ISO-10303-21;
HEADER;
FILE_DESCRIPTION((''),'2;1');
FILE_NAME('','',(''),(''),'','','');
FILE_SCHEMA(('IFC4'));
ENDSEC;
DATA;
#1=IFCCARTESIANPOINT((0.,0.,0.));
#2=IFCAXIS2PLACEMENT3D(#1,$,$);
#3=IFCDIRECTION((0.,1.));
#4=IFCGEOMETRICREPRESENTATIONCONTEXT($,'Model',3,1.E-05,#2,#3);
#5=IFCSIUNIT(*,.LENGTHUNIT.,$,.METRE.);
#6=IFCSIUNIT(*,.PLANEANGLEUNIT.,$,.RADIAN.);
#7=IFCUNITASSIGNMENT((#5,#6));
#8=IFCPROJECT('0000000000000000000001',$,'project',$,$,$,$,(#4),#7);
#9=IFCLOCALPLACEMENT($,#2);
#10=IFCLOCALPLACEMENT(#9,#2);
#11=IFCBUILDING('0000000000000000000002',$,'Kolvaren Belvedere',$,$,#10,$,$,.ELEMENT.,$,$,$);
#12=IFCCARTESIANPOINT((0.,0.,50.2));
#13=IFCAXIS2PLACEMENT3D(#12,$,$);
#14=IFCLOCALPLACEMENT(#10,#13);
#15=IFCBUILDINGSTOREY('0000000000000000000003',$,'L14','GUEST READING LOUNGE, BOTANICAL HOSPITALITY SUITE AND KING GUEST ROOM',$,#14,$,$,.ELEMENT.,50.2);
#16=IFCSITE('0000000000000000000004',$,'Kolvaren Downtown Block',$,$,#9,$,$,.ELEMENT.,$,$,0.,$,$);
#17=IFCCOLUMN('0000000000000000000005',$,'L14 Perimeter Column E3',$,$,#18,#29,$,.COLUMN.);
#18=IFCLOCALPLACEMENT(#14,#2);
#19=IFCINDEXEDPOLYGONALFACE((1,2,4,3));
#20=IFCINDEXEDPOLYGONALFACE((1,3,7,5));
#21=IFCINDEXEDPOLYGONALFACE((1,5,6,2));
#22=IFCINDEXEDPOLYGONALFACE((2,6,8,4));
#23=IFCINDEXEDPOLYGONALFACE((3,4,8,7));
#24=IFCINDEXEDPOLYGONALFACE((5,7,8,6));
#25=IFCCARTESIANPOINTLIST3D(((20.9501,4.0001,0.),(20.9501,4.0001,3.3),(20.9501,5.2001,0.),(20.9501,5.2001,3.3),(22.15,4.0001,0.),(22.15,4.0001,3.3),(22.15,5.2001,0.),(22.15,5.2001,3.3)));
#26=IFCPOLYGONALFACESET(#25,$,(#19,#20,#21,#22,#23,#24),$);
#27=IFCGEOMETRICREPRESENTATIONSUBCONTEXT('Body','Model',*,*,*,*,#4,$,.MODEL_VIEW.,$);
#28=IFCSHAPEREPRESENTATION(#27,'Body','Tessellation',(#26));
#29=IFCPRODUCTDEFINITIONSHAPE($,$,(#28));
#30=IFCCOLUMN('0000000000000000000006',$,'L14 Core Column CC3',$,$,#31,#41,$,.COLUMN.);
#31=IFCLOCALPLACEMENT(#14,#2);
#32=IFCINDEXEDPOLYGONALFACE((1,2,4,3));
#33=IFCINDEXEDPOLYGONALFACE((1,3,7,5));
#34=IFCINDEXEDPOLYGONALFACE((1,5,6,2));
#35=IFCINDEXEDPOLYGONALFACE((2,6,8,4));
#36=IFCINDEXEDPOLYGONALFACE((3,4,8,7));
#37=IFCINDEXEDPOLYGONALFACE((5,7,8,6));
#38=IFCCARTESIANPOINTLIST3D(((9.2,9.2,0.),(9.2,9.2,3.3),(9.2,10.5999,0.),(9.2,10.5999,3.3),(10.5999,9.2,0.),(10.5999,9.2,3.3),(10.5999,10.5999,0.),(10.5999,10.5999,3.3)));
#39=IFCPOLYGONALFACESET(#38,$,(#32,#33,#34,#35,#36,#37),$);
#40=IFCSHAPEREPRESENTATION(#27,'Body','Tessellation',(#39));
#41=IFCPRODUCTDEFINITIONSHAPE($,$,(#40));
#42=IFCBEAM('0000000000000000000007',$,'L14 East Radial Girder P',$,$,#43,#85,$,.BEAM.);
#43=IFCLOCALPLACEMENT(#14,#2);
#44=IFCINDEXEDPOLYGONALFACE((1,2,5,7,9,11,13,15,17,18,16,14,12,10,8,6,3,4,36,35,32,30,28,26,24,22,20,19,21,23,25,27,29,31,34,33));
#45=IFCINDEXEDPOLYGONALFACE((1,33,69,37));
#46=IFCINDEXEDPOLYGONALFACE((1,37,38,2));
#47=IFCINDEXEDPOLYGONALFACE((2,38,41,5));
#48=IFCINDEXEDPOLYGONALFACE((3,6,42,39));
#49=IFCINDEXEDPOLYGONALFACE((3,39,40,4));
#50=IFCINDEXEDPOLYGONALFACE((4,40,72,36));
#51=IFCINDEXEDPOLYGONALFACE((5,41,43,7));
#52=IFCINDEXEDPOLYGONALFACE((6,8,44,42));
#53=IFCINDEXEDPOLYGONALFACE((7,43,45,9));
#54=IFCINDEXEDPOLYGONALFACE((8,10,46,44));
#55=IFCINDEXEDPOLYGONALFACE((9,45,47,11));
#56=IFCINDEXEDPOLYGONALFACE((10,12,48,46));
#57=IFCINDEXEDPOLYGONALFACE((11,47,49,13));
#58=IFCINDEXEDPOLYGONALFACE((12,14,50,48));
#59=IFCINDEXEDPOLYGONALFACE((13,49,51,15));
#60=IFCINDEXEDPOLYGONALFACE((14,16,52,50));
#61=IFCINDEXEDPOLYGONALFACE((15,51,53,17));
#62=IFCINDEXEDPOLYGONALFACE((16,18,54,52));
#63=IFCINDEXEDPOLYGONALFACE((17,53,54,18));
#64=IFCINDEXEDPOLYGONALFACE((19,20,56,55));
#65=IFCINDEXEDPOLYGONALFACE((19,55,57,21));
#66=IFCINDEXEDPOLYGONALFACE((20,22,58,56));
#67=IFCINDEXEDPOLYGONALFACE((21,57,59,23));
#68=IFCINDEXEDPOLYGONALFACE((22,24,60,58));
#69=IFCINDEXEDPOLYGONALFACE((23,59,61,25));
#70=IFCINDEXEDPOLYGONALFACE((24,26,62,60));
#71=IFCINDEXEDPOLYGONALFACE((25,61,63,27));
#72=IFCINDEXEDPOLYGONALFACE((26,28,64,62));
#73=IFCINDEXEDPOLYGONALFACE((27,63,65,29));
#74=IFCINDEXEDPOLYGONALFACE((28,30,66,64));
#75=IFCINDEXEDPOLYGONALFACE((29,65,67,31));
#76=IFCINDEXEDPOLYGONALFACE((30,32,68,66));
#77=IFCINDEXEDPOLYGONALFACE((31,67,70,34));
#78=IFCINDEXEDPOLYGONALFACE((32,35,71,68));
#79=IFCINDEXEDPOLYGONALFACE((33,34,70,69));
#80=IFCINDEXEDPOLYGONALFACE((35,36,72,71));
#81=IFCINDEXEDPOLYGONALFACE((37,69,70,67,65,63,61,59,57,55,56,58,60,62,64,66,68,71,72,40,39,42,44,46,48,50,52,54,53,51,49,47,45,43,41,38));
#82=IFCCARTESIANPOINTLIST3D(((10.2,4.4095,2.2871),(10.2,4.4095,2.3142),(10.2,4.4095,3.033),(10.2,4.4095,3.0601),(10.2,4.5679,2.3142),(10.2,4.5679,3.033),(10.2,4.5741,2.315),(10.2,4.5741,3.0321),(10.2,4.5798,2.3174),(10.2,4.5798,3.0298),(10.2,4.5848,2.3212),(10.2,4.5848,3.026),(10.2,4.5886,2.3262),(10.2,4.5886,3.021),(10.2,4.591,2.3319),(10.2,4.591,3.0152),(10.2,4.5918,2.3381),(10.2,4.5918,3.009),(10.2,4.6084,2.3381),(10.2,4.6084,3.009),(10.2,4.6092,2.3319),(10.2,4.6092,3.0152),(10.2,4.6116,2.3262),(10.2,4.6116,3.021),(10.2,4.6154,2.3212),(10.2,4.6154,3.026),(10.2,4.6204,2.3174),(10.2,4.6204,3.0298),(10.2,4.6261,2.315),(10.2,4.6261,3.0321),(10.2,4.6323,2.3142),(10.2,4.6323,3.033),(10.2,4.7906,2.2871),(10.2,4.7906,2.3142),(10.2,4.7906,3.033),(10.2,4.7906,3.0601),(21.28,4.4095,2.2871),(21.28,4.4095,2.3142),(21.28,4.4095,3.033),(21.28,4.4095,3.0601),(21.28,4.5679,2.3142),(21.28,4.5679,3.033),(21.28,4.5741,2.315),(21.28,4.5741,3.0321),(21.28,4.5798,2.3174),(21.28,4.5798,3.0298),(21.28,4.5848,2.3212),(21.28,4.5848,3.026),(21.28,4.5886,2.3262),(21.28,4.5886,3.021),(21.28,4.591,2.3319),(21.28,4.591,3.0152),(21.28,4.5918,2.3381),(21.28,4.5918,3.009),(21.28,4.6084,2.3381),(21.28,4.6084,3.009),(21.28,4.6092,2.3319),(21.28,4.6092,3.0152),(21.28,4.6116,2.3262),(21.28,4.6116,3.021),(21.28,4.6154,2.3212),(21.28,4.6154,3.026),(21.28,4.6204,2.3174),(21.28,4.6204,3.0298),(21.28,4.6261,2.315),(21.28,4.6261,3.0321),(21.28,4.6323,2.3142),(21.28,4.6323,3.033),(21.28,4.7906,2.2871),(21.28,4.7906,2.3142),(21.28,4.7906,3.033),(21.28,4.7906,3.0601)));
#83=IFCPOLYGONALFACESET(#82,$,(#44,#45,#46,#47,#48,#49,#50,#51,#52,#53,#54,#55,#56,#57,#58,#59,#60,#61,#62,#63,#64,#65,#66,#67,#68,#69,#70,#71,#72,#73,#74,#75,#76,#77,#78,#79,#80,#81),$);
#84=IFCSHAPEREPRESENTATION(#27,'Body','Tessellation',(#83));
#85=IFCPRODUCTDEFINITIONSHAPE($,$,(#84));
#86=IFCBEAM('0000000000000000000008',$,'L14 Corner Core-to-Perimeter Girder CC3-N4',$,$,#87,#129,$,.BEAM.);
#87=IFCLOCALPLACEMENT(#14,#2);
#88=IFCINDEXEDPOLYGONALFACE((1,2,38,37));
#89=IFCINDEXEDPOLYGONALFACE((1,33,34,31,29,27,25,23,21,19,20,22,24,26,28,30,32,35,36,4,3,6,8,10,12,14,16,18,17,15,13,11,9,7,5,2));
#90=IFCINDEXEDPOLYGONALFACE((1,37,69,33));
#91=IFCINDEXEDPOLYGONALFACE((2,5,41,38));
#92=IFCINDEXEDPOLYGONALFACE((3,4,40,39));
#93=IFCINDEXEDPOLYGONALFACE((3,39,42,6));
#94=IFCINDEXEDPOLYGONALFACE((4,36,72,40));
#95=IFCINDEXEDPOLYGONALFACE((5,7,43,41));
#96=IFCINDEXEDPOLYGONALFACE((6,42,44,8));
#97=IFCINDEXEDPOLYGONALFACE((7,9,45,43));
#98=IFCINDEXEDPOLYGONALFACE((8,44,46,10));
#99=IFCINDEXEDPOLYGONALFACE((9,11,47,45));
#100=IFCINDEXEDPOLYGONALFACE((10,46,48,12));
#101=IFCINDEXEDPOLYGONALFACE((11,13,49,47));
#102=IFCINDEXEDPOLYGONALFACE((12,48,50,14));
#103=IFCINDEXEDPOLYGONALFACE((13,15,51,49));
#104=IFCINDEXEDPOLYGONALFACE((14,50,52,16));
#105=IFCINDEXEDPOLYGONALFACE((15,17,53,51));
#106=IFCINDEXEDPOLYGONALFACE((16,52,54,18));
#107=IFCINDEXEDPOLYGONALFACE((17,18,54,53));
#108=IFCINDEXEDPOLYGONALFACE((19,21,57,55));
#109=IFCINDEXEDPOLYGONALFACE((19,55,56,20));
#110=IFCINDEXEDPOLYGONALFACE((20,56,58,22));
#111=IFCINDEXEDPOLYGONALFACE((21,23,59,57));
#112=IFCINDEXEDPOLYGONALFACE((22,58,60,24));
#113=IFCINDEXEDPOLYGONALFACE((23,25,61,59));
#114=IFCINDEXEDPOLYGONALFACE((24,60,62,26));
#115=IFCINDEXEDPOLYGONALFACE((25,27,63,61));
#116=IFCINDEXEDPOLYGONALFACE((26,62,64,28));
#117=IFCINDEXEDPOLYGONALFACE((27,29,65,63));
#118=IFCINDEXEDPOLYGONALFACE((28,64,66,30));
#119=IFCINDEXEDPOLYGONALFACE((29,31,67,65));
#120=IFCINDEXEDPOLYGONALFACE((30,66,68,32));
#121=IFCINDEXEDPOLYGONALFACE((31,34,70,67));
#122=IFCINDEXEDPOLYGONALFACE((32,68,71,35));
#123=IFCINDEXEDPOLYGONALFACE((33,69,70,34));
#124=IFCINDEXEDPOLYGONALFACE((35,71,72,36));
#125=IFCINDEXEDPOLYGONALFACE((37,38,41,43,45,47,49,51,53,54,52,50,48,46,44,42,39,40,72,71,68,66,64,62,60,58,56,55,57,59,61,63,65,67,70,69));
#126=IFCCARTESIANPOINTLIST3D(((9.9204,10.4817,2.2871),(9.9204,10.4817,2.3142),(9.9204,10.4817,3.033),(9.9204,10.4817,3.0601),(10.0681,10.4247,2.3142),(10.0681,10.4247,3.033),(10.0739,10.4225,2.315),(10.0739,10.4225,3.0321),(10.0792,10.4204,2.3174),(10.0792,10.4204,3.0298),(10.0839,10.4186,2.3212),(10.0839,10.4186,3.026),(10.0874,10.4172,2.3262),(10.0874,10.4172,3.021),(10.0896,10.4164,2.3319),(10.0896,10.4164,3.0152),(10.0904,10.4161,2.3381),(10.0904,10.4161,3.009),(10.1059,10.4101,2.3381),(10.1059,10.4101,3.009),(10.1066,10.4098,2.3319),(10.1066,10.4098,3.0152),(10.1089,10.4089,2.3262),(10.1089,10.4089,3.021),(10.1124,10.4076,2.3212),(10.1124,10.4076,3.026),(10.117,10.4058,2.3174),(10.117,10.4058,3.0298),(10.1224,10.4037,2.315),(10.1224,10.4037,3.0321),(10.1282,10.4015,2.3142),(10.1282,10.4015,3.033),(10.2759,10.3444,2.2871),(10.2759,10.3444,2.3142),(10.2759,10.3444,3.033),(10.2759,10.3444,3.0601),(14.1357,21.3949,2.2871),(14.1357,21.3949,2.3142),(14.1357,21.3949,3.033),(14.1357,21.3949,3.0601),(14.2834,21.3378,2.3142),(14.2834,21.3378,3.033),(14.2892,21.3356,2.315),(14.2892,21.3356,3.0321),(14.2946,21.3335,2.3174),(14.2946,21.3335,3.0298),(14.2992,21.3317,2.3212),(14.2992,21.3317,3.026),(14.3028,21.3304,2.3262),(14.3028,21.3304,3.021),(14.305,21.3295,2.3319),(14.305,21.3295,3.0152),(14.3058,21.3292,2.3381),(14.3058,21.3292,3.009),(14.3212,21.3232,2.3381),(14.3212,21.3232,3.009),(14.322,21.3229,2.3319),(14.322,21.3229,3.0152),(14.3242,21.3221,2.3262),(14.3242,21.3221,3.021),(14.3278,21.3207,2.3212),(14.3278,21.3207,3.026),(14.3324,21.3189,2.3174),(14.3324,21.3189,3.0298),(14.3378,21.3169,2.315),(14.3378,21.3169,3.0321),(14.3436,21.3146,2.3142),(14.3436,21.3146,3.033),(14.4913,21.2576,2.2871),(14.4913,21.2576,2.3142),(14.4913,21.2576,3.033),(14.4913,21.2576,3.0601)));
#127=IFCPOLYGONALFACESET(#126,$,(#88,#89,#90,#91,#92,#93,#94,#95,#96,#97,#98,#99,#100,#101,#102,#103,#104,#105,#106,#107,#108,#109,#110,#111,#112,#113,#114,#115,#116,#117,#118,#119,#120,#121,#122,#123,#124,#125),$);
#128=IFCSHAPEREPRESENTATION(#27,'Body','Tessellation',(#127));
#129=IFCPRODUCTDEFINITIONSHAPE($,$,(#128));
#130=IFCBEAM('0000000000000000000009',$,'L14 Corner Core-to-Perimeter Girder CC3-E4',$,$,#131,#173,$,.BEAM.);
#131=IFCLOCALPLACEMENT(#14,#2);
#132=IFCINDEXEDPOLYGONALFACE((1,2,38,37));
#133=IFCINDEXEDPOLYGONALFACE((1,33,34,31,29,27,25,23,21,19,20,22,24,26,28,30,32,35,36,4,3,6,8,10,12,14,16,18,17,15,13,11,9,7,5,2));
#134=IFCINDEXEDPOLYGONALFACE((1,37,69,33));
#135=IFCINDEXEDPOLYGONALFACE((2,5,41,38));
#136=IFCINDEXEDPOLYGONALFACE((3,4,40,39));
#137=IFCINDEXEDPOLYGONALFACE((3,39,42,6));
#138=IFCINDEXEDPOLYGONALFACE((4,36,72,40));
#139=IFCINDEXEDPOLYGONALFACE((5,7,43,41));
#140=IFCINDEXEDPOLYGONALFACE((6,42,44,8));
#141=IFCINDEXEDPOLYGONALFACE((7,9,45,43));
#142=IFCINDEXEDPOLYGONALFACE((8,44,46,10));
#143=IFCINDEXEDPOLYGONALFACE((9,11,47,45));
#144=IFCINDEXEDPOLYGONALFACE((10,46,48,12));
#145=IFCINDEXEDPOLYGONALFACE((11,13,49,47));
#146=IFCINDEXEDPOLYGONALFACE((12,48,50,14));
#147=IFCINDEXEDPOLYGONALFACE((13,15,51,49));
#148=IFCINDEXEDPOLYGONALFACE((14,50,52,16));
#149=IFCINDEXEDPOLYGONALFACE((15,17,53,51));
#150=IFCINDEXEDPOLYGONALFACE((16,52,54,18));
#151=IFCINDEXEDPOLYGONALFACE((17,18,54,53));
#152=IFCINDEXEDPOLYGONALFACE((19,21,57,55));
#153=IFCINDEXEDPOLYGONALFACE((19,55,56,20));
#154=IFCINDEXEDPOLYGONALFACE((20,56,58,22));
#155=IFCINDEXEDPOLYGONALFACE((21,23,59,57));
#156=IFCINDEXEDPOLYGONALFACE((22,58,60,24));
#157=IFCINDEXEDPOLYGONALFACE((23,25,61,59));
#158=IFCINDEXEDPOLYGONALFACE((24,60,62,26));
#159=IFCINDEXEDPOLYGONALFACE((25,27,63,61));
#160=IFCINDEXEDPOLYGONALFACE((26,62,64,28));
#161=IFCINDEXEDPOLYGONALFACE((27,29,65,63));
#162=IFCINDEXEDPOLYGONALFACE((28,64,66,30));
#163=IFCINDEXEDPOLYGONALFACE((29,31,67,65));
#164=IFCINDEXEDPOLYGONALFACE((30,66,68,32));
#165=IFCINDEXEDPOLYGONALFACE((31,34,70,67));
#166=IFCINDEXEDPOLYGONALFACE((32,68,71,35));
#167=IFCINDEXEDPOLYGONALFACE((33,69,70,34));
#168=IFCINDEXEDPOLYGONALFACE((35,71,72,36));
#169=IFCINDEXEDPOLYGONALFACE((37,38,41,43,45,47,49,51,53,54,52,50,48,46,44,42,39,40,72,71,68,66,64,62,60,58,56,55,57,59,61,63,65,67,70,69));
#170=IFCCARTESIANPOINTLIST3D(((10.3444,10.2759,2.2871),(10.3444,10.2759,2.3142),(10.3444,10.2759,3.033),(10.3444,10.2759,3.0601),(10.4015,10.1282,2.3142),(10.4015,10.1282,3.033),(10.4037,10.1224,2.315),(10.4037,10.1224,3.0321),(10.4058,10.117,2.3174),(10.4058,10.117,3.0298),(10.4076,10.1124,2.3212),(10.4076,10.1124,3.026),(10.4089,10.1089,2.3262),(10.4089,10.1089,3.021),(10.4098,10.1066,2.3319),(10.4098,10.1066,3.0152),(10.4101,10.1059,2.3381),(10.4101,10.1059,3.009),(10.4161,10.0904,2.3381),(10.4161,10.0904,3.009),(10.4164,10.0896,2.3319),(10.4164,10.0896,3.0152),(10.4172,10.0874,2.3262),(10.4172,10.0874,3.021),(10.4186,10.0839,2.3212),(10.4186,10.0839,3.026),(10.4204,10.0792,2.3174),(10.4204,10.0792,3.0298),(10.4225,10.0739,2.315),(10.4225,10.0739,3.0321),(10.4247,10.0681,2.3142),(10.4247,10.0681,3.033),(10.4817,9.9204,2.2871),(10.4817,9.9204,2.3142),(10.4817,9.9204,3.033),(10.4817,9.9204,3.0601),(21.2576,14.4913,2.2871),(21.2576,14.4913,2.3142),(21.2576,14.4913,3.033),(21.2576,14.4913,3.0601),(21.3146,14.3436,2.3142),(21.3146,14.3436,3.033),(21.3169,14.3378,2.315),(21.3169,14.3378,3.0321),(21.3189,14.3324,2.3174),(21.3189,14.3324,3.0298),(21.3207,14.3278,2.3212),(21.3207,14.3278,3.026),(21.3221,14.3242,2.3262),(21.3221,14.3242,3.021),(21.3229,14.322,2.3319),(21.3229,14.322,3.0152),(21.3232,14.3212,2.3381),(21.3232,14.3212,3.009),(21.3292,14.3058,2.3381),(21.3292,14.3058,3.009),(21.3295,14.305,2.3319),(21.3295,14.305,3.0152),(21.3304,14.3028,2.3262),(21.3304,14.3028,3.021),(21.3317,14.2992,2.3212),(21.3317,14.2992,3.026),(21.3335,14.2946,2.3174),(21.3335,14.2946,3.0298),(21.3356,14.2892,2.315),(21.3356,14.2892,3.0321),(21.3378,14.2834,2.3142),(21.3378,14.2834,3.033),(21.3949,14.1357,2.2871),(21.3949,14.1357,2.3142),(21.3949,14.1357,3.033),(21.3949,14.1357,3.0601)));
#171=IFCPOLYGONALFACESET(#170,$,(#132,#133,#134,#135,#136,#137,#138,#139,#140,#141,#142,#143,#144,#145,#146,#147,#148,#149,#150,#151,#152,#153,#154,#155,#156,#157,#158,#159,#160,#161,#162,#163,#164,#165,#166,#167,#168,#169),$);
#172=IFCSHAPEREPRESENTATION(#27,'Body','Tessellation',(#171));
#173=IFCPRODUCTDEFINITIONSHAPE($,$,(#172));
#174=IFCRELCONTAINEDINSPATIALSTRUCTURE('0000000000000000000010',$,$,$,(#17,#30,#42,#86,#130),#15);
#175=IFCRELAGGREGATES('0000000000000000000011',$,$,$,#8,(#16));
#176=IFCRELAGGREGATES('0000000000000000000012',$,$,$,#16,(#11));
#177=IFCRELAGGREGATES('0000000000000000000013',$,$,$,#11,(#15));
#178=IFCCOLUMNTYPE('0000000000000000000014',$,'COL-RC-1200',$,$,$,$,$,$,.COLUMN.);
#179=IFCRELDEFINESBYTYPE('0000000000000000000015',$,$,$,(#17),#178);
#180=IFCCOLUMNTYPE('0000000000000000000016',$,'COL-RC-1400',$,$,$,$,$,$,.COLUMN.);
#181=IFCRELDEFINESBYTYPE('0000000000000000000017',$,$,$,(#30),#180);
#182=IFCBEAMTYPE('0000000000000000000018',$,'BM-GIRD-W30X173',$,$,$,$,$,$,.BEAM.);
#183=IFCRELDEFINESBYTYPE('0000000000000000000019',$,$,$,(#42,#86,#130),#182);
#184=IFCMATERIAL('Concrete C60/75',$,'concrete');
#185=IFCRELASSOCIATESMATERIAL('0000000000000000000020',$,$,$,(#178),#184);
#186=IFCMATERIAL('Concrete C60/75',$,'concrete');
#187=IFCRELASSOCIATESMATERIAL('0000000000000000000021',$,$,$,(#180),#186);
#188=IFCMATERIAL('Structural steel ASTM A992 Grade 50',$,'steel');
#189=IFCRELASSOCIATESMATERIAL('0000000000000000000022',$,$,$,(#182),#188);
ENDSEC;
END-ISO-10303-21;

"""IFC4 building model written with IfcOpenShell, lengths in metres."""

from ifc_helpers import new_model, si_unit, direction, frame, origin, origin_2d, place, context, subcontext, project, spatial, rectangle, i_section, extrude, material, material_profile, profile_set, type_object, element, save


model = new_model("IFC4")

# Units and contexts
model_context = context("Model", 3, precision=1e-05, world=origin(), true_north=direction((0.0, 1.0)))
body_context = subcontext(model_context, "Body", "Model", "MODEL_VIEW")
ifc_project = project(units=[si_unit("LENGTHUNIT", "METRE"), si_unit("PLANEANGLEUNIT", "RADIAN")], contexts=[model_context])

# Site, building, storey
site_placement = place(None, origin())
site = spatial("IfcSite", under=ifc_project, at=site_placement, Name="Kolvaren Downtown Block", CompositionType="ELEMENT", RefElevation=0.0)
building_placement = place(site_placement, origin())
building = spatial("IfcBuilding", under=site, at=building_placement, Name="Kolvaren Belvedere", CompositionType="ELEMENT")
storey_placement = place(building_placement, frame((0.0, 0.0, 50.2)))
storey = spatial("IfcBuildingStorey", under=building, at=storey_placement, Name="L14", Description="GUEST READING LOUNGE, BOTANICAL HOSPITALITY SUITE AND KING GUEST ROOM", CompositionType="ELEMENT", Elevation=50.2)

# Columns
ifc_material_1 = material(Name="Concrete C60/75", Category="concrete")
ifc_material_profile_1 = material_profile(ifc_material_1, rectangle(XDim=1.2, YDim=1.2, at=origin_2d()), Name="RC 1200X1200")
ifc_profile_set_1 = profile_set([ifc_material_profile_1], Name="Concrete C60/75")
column_type_1 = type_object("IfcColumnType", Name="COL-RC-1200", PredefinedType="COLUMN", material=ifc_profile_set_1)
column_1_placement = place(storey_placement, frame((21.55, 4.6001, 0.0), z_axis=(0.0, 0.0, 1.0), x_axis=(1.0, 0.0, 0.0)))
element("IfcColumn", 1, at=column_1_placement, inside=storey, type_object=column_type_1, Name="L14 Perimeter Column E3", PredefinedType="COLUMN", context=body_context, shape_type="SweptSolid", body=[
    extrude(rectangle(XDim=1.2, YDim=1.2, at=origin_2d()), origin(), (0.0, 0.0, 1.0), 3.3),
])
ifc_material_2 = material(Name="Concrete C60/75", Category="concrete")
ifc_material_profile_2 = material_profile(ifc_material_2, rectangle(XDim=1.3999, YDim=1.3999, at=origin_2d()), Name="RC 1400X1400")
ifc_profile_set_2 = profile_set([ifc_material_profile_2], Name="Concrete C60/75")
column_type_2 = type_object("IfcColumnType", Name="COL-RC-1400", PredefinedType="COLUMN", material=ifc_profile_set_2)
column_2_placement = place(storey_placement, frame((9.8999, 9.8999, 0.0), z_axis=(0.0, 0.0, 1.0), x_axis=(1.0, 0.0, 0.0)))
element("IfcColumn", 2, at=column_2_placement, inside=storey, type_object=column_type_2, Name="L14 Core Column CC3", PredefinedType="COLUMN", context=body_context, shape_type="SweptSolid", body=[
    extrude(rectangle(XDim=1.3999, YDim=1.3999, at=origin_2d()), origin(), (0.0, 0.0, 1.0), 3.3),
])

# Beams
ifc_material_3 = material(Name="Structural steel ASTM A992 Grade 50", Category="steel")
ifc_material_profile_3 = material_profile(ifc_material_3, i_section(OverallWidth=0.3811, OverallDepth=0.7729, WebThickness=0.0166, FlangeThickness=0.0271, FilletRadius=0.0239, at=origin_2d()), Name="W30X173")
ifc_profile_set_3 = profile_set([ifc_material_profile_3], Name="Structural steel ASTM A992 Grade 50")
beam_type_1 = type_object("IfcBeamType", Name="BM-GIRD-W30X173", PredefinedType="BEAM", material=ifc_profile_set_3)
beam_1_placement = place(storey_placement, frame((10.2, 4.6001, 2.6736), z_axis=(1.0, 0.0, 0.0), x_axis=(0.0, 1.0, 0.0)))
element("IfcBeam", 3, at=beam_1_placement, inside=storey, type_object=beam_type_1, Name="L14 East Radial Girder P", PredefinedType="BEAM", context=body_context, shape_type="SweptSolid", body=[
    extrude(i_section(OverallWidth=0.3811, OverallDepth=0.7729, WebThickness=0.0166, FlangeThickness=0.0271, FilletRadius=0.0239, at=origin_2d()), origin(), (0.0, 0.0, 1.0), 11.0801),
])
for number, where, z_axis, x_axis, name in (
    (4, (10.0981, 10.4131, 2.6736), (0.360318, 0.932829, 0.0), (-0.932829, 0.360318, 0.0), "L14 Corner Core-to-Perimeter Girder CC3-N4"),
    (5, (10.4131, 10.0981, 2.6736), (0.932829, 0.360318, 0.0), (-0.360318, 0.932829, 0.0), "L14 Corner Core-to-Perimeter Girder CC3-E4"),
):
    element("IfcBeam", number, at=place(storey_placement, frame(where, z_axis=z_axis, x_axis=x_axis)), inside=storey, type_object=beam_type_1, Name=name, PredefinedType="BEAM", context=body_context, shape_type="SweptSolid", body=[
        extrude(i_section(OverallWidth=0.3811, OverallDepth=0.7729, WebThickness=0.0166, FlangeThickness=0.0271, FilletRadius=0.0239, at=origin_2d()), origin(), (0.0, 0.0, 1.0), 11.699),
    ])

save(model, "model.ifc")
